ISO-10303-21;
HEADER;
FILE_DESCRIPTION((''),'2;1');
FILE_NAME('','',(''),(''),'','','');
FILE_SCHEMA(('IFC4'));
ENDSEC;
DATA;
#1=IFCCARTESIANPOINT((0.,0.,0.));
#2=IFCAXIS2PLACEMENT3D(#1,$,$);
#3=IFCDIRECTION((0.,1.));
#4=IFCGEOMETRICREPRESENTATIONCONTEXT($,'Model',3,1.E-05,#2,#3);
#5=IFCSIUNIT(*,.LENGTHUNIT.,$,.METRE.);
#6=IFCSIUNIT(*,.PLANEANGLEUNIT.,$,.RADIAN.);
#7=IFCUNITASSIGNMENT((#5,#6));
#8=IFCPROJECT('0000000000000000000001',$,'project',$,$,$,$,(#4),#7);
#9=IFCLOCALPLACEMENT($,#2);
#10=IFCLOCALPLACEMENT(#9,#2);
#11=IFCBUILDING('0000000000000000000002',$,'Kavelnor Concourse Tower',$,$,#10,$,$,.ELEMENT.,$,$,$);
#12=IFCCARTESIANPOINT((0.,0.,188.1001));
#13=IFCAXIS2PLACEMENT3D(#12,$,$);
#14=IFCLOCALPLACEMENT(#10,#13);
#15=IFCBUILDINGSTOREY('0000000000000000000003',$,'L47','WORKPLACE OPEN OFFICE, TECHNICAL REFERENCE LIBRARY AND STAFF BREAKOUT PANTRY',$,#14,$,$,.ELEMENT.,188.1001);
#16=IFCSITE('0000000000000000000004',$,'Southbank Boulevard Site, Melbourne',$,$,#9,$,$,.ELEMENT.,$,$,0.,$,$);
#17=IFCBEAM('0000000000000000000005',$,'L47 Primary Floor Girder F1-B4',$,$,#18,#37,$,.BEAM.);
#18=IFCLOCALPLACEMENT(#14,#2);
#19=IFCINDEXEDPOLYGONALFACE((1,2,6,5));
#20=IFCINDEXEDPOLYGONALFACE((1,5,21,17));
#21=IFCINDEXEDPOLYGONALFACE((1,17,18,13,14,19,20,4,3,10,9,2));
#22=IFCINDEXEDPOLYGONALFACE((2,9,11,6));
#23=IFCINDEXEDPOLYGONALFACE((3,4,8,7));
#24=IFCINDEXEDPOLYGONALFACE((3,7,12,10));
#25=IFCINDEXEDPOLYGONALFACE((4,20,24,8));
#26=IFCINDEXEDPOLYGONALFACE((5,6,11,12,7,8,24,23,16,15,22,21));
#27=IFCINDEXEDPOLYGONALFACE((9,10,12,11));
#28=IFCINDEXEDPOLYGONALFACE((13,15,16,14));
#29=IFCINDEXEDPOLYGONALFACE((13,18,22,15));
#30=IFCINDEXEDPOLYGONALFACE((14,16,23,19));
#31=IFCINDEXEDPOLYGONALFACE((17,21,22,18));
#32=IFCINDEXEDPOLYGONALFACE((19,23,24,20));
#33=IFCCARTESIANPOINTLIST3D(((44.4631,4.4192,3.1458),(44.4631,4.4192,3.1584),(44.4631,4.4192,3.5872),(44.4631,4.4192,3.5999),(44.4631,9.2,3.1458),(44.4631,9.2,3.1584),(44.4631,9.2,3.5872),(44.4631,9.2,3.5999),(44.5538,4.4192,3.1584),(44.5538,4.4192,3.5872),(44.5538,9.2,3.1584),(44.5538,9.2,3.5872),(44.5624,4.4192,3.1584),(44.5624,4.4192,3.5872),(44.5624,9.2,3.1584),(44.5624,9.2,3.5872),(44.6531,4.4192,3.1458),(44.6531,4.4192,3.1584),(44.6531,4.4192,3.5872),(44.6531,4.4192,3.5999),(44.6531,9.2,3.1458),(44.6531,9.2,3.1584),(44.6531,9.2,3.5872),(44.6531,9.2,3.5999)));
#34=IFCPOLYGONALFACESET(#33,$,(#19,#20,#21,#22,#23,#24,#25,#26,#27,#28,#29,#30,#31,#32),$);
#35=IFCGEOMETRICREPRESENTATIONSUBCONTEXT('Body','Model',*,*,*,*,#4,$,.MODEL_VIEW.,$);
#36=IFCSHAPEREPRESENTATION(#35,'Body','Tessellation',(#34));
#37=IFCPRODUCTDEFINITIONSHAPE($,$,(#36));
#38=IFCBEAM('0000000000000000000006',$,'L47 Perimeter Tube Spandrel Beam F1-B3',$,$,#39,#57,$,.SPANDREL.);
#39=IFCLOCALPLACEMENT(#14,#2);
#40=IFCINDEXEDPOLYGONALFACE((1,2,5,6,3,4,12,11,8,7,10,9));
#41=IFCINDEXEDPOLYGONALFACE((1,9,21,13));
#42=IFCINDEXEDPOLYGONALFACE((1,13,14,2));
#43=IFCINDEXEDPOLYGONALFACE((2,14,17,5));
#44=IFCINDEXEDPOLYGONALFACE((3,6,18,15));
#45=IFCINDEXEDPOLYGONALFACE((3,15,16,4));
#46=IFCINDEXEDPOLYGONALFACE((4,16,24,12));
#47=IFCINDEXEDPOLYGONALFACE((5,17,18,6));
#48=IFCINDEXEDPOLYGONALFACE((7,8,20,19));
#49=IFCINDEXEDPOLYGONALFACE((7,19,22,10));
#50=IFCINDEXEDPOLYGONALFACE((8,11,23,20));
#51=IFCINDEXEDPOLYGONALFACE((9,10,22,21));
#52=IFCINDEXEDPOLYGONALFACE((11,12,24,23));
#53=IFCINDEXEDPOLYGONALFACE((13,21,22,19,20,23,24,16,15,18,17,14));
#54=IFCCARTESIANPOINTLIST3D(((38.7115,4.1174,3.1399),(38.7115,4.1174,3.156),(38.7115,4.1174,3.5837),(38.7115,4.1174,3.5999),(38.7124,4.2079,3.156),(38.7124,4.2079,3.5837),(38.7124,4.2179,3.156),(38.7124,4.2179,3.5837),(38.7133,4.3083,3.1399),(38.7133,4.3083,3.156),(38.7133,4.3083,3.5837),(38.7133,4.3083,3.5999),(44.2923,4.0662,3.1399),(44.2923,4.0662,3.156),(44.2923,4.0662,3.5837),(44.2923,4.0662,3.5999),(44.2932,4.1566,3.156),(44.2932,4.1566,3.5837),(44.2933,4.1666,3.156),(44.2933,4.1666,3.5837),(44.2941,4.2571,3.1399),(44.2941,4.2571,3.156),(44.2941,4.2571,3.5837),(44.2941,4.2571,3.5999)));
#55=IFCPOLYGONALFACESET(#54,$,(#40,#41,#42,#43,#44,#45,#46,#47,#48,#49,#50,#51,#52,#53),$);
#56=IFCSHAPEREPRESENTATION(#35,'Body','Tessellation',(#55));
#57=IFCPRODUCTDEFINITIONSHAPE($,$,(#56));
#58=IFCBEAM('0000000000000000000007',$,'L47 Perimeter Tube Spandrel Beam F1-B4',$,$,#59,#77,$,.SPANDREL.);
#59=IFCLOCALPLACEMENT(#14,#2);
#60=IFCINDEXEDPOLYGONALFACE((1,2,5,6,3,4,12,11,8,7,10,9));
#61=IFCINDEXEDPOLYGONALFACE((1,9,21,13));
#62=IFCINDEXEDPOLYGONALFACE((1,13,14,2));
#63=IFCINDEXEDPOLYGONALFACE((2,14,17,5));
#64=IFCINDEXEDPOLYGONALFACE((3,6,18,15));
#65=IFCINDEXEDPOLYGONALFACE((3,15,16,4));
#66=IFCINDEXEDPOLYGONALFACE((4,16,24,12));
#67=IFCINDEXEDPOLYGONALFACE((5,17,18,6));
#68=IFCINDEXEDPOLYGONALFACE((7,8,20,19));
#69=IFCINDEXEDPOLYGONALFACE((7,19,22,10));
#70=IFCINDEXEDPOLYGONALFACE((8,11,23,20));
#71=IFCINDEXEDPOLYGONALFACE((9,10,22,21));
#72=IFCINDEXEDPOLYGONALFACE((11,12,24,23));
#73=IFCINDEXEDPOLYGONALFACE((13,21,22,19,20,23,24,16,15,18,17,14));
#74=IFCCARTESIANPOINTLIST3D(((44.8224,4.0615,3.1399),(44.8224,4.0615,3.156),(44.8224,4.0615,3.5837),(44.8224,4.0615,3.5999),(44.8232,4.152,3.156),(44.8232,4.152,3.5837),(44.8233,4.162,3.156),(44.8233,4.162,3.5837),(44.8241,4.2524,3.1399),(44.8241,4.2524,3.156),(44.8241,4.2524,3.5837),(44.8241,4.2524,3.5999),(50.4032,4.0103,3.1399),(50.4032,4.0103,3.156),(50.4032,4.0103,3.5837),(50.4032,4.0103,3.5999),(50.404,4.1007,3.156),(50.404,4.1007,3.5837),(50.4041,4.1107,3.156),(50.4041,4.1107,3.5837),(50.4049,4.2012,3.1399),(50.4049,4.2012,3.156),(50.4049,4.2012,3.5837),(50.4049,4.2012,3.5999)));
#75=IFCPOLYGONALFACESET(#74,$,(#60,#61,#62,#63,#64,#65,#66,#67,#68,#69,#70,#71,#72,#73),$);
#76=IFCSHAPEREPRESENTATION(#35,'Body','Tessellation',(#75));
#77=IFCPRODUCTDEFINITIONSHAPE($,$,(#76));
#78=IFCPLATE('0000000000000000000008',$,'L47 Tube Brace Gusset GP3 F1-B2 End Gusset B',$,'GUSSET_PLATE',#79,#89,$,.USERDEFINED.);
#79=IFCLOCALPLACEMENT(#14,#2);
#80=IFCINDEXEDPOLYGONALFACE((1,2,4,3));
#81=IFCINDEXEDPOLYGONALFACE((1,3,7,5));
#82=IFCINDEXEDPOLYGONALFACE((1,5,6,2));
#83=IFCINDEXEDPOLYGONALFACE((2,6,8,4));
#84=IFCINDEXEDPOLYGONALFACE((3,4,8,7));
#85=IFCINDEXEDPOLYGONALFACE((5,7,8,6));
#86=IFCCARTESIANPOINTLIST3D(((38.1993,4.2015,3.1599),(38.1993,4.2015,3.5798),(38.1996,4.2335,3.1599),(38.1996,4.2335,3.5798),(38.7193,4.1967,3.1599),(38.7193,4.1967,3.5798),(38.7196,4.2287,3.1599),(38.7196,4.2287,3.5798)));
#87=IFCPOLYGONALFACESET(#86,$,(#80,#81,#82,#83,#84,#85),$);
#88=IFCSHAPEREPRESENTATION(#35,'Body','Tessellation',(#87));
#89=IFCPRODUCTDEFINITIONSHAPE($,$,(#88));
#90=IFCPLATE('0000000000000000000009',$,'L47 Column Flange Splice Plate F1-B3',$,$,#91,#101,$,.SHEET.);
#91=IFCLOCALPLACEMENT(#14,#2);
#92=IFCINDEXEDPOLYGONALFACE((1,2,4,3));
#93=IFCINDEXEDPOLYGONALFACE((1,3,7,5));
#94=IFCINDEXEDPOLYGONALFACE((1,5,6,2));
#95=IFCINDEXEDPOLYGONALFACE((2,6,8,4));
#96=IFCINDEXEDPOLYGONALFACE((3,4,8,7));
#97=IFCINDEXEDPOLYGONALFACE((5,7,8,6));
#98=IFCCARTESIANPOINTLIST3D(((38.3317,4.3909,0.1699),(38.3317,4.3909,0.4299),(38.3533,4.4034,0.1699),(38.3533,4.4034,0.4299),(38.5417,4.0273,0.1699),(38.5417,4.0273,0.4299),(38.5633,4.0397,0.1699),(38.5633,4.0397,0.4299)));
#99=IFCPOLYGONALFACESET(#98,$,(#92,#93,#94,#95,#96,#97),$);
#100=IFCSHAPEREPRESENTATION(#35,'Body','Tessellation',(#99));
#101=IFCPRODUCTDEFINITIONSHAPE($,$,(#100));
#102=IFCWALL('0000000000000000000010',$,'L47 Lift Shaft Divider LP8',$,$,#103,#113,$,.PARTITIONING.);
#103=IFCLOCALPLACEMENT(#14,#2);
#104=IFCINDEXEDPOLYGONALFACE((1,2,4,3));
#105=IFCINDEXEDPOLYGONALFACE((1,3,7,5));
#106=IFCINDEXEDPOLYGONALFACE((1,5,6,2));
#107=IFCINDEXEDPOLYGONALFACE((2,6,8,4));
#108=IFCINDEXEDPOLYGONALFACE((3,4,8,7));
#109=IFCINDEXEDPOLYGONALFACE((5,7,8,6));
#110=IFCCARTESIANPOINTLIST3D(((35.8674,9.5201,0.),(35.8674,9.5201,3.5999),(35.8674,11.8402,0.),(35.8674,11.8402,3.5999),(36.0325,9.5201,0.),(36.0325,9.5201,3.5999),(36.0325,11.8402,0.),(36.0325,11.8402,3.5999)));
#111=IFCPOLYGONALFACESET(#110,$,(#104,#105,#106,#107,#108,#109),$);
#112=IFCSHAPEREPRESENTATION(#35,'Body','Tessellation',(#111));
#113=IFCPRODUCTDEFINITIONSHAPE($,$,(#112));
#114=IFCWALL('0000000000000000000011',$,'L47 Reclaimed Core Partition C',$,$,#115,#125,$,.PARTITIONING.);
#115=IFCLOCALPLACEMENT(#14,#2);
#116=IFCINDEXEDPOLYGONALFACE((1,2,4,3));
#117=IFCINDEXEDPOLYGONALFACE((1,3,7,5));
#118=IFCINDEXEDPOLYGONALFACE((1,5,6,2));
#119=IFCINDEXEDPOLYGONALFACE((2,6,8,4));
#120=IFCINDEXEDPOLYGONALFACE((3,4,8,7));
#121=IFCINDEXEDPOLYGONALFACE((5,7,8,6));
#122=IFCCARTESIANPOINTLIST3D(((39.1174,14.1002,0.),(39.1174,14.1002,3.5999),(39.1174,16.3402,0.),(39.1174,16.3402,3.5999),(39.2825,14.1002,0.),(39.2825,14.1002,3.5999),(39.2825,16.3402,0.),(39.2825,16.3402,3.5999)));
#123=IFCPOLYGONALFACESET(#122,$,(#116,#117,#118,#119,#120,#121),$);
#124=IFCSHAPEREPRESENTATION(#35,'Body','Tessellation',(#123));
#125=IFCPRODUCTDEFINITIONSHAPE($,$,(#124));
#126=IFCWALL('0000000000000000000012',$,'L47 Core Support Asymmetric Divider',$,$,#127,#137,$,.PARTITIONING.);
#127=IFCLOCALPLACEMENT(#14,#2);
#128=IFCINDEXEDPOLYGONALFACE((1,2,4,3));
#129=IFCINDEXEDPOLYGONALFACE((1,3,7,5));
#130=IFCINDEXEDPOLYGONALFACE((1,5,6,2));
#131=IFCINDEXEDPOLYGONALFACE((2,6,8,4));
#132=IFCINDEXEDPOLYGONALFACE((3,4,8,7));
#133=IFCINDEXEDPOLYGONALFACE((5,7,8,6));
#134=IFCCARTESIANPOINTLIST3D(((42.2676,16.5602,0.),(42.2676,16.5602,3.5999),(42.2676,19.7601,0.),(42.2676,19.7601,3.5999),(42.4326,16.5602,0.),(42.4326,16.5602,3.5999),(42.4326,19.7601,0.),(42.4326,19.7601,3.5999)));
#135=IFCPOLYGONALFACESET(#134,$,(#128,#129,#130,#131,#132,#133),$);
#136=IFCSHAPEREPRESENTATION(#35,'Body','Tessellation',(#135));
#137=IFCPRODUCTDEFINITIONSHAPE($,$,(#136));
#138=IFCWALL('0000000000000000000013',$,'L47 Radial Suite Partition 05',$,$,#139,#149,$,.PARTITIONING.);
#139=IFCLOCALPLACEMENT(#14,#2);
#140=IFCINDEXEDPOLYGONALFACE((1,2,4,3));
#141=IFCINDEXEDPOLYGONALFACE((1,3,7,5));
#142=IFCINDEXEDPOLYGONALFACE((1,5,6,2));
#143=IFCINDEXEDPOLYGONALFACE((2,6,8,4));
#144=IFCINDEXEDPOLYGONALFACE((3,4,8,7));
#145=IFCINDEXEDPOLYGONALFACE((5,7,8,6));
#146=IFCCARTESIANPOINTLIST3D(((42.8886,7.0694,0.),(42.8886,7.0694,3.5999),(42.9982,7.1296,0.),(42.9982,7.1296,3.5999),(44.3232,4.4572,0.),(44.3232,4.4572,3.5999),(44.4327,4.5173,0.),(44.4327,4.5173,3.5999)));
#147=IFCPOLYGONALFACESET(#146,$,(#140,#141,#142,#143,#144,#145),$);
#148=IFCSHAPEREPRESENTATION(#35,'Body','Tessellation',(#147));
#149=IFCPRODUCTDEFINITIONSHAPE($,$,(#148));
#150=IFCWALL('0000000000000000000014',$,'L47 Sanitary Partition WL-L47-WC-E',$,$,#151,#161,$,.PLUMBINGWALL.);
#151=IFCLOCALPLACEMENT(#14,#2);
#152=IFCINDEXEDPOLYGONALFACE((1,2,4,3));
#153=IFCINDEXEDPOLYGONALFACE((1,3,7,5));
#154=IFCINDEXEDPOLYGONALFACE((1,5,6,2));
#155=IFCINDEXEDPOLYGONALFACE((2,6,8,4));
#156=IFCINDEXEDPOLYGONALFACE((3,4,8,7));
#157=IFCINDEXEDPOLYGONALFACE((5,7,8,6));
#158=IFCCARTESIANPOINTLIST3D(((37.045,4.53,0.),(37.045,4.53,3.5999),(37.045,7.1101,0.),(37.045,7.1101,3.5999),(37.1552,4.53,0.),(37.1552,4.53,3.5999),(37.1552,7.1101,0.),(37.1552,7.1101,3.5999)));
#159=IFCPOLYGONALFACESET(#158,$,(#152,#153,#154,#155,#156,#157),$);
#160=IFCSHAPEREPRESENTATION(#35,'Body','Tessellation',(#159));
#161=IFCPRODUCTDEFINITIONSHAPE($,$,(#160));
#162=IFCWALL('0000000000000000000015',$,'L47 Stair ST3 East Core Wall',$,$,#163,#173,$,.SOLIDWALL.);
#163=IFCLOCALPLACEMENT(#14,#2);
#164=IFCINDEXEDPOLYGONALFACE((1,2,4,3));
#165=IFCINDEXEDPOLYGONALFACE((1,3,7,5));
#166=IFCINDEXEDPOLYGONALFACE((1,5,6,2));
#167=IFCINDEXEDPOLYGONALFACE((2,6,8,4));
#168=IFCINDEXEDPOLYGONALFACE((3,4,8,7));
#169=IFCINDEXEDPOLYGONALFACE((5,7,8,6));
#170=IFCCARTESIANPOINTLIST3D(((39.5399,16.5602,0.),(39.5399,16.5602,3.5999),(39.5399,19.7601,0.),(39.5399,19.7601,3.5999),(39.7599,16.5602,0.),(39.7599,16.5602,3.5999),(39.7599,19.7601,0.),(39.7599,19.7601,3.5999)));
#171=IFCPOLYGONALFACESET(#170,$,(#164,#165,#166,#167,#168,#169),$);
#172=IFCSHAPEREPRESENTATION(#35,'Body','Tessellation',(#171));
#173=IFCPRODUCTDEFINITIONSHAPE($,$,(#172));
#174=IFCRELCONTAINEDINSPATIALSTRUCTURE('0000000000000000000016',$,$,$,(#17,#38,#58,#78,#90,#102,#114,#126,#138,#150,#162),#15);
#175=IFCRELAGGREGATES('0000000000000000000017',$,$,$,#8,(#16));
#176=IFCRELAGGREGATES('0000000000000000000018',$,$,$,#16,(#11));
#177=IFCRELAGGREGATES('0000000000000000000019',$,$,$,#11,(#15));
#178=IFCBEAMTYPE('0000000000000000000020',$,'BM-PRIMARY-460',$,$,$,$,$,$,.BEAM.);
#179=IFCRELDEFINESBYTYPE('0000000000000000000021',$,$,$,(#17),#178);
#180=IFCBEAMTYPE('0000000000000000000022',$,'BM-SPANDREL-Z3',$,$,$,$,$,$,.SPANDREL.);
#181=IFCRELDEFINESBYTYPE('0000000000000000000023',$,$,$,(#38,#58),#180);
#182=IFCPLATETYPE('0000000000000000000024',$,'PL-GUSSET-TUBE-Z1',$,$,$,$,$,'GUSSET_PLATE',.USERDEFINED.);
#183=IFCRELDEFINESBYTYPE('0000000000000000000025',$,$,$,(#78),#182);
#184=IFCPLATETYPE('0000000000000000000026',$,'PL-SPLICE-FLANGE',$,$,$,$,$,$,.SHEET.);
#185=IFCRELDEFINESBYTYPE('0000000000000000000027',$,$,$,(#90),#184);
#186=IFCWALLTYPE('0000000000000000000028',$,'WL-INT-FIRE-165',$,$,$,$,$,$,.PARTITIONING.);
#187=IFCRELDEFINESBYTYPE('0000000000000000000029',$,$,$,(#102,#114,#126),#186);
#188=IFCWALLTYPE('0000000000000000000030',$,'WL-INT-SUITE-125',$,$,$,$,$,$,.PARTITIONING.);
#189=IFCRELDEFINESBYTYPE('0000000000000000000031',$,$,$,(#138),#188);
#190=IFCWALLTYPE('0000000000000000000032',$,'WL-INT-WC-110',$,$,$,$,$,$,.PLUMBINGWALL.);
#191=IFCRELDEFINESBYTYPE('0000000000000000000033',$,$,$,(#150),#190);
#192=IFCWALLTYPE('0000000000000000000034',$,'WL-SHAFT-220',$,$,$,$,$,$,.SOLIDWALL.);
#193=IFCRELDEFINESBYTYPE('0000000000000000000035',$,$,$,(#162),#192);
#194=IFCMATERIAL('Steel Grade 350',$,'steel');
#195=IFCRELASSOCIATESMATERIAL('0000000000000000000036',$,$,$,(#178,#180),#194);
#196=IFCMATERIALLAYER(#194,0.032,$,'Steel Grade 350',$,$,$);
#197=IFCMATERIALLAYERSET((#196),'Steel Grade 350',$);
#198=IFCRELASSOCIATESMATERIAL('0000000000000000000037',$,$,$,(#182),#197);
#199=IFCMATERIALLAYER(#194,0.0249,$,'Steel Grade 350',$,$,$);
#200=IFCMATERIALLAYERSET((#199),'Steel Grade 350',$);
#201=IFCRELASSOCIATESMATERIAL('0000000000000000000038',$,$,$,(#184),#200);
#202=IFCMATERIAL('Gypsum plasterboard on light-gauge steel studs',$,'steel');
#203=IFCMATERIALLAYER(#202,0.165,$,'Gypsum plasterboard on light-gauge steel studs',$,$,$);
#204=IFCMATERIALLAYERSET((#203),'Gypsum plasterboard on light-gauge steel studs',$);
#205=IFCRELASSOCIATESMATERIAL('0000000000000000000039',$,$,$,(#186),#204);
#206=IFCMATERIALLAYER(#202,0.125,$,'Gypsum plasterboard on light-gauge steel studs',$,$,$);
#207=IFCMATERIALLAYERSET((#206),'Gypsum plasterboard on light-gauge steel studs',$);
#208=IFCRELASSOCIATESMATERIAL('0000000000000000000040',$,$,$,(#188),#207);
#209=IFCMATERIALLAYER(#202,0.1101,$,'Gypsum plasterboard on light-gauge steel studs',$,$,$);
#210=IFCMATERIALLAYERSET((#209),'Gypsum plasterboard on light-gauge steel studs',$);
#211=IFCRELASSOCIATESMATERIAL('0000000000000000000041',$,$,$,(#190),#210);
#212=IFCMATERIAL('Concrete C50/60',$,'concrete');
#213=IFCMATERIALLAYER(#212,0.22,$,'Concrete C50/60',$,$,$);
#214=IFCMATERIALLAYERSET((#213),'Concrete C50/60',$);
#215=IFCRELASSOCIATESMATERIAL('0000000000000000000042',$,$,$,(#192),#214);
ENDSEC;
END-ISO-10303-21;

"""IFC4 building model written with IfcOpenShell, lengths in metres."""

from ifc_helpers import new_model, si_unit, direction, frame, frame_2d, origin, origin_2d, place, context, subcontext, project, spatial, rectangle, i_section, extrude, material, layer, layer_set, material_profile, profile_set, type_object, element, save


model = new_model("IFC4")

# Units and contexts
model_context = context("Model", 3, precision=1e-05, world=origin(), true_north=direction((0.0, 1.0)))
body_context = subcontext(model_context, "Body", "Model", "MODEL_VIEW")
ifc_project = project(units=[si_unit("LENGTHUNIT", "METRE"), si_unit("PLANEANGLEUNIT", "RADIAN")], contexts=[model_context])

# Site, building, storey
site_placement = place(None, origin())
site = spatial("IfcSite", under=ifc_project, at=site_placement, Name="Southbank Boulevard Site, Melbourne", CompositionType="ELEMENT", RefElevation=0.0)
building_placement = place(site_placement, origin())
building = spatial("IfcBuilding", under=site, at=building_placement, Name="Kavelnor Concourse Tower", CompositionType="ELEMENT")
storey_placement = place(building_placement, frame((0.0, 0.0, 188.1001)))
storey = spatial("IfcBuildingStorey", under=building, at=storey_placement, Name="L47", Description="WORKPLACE OPEN OFFICE, TECHNICAL REFERENCE LIBRARY AND STAFF BREAKOUT PANTRY", CompositionType="ELEMENT", Elevation=188.1001)

# Shared definitions
ifc_material_1 = material(Name="Steel Grade 350", Category="steel")

# Beams
ifc_material_profile_1 = material_profile(ifc_material_1, i_section(OverallWidth=0.1899, OverallDepth=0.4541, WebThickness=0.0085, FlangeThickness=0.0127, at=origin_2d()), Name="460UB67")
ifc_profile_set_1 = profile_set([ifc_material_profile_1], Name="Steel Grade 350")
beam_type_1 = type_object("IfcBeamType", Name="BM-PRIMARY-460", PredefinedType="BEAM", material=ifc_profile_set_1)
beam_1_placement = place(storey_placement, frame((44.5581, 9.2, 3.3728), z_axis=(0.0, -1.0, 0.0), x_axis=(1.0, 0.0, 0.0)))
element("IfcBeam", 1, at=beam_1_placement, inside=storey, type_object=beam_type_1, Name="L47 Primary Floor Girder F1-B4", PredefinedType="BEAM", context=body_context, shape_type="SweptSolid", body=[
    extrude(i_section(OverallWidth=0.1899, OverallDepth=0.4541, WebThickness=0.0085, FlangeThickness=0.0127, at=origin_2d()), origin(), (0.0, 0.0, 1.0), 4.7808),
])
ifc_material_profile_2 = material_profile(ifc_material_1, i_section(OverallWidth=0.1909, OverallDepth=0.46, WebThickness=0.01, FlangeThickness=0.0161, at=origin_2d()), Name="460UB82")
ifc_profile_set_2 = profile_set([ifc_material_profile_2], Name="Steel Grade 350")
beam_type_2 = type_object("IfcBeamType", Name="BM-SPANDREL-Z3", PredefinedType="SPANDREL", material=ifc_profile_set_2)
for number, where, z_axis, x_axis, name in (
    (2, (38.7124, 4.2129, 3.3699), (0.999958, -0.009186, 0.0), (0.009186, 0.999958, 0.0), "L47 Perimeter Tube Spandrel Beam F1-B3"),
    (3, (44.8232, 4.157, 3.3699), (0.999958, -0.009186, 0.0), (0.009186, 0.999958, 0.0), "L47 Perimeter Tube Spandrel Beam F1-B4"),
):
    element("IfcBeam", number, at=place(storey_placement, frame(where, z_axis=z_axis, x_axis=x_axis)), inside=storey, type_object=beam_type_2, Name=name, PredefinedType="SPANDREL", context=body_context, shape_type="SweptSolid", body=[
        extrude(i_section(OverallWidth=0.1909, OverallDepth=0.46, WebThickness=0.01, FlangeThickness=0.0161, at=origin_2d()), origin(), (0.0, 0.0, 1.0), 5.5811),
    ])

# Plates
ifc_layer_1 = layer(ifc_material_1, 0.032, Name="Steel Grade 350")
ifc_layer_set_1 = layer_set([ifc_layer_1], Name="Steel Grade 350")
plate_type_1 = type_object("IfcPlateType", Name="PL-GUSSET-TUBE-Z1", ElementType="GUSSET_PLATE", PredefinedType="USERDEFINED", material=ifc_layer_set_1)
plate_1_placement = place(storey_placement, frame((38.4595, 4.2151, 3.1599), z_axis=(0.0, 0.0, 1.0), x_axis=(0.999957, -0.00925, 0.0)))
element("IfcPlate", 4, at=plate_1_placement, inside=storey, type_object=plate_type_1, Name="L47 Tube Brace Gusset GP3 F1-B2 End Gusset B", ObjectType="GUSSET_PLATE", PredefinedType="USERDEFINED", context=body_context, shape_type="SweptSolid", body=[
    extrude(rectangle(XDim=0.52, YDim=0.032, at=origin_2d()), origin(), (0.0, 0.0, 1.0), 0.4199),
])
ifc_layer_2 = layer(ifc_material_1, 0.0249, Name="Steel Grade 350")
ifc_layer_set_2 = layer_set([ifc_layer_2], Name="Steel Grade 350")
plate_type_2 = type_object("IfcPlateType", Name="PL-SPLICE-FLANGE", PredefinedType="SHEET", material=ifc_layer_set_2)
plate_2_placement = place(storey_placement, frame((38.4475, 4.2153, 0.1699), z_axis=(0.0, 0.0, 1.0), x_axis=(-0.5, 0.866025, 0.0)))
element("IfcPlate", 5, at=plate_2_placement, inside=storey, type_object=plate_type_2, Name="L47 Column Flange Splice Plate F1-B3", PredefinedType="SHEET", context=body_context, shape_type="SweptSolid", body=[
    extrude(rectangle(XDim=0.4199, YDim=0.0249, at=origin_2d()), origin(), (0.0, 0.0, 1.0), 0.26),
])

# Walls
ifc_material_2 = material(Name="Gypsum plasterboard on light-gauge steel studs", Category="steel")
ifc_layer_3 = layer(ifc_material_2, 0.165, Name="Gypsum plasterboard on light-gauge steel studs")
ifc_layer_set_3 = layer_set([ifc_layer_3], Name="Gypsum plasterboard on light-gauge steel studs")
wall_type_1 = type_object("IfcWallType", Name="WL-INT-FIRE-165", PredefinedType="PARTITIONING", material=ifc_layer_set_3)
wall_1_placement = place(storey_placement, frame((35.95, 9.52, 0.0), z_axis=(0.0, 0.0, 1.0), x_axis=(0.0, 1.0, 0.0)))
element("IfcWall", 6, at=wall_1_placement, inside=storey, type_object=wall_type_1, Name="L47 Lift Shaft Divider LP8", PredefinedType="PARTITIONING", context=body_context, shape_type="SweptSolid", body=[
    extrude(rectangle(XDim=2.3201, YDim=0.165, at=frame_2d((1.1602, 0.0))), origin(), (0.0, 0.0, 1.0), 3.5999),
])
wall_2_placement = place(storey_placement, frame((39.2, 14.1001, 0.0), z_axis=(0.0, 0.0, 1.0), x_axis=(0.0, 1.0, 0.0)))
element("IfcWall", 7, at=wall_2_placement, inside=storey, type_object=wall_type_1, Name="L47 Reclaimed Core Partition C", PredefinedType="PARTITIONING", context=body_context, shape_type="SweptSolid", body=[
    extrude(rectangle(XDim=2.24, YDim=0.165, at=frame_2d((1.1201, 0.0))), origin(), (0.0, 0.0, 1.0), 3.5999),
])
wall_3_placement = place(storey_placement, frame((42.3501, 16.5601, 0.0), z_axis=(0.0, 0.0, 1.0), x_axis=(0.0, 1.0, 0.0)))
element("IfcWall", 8, at=wall_3_placement, inside=storey, type_object=wall_type_1, Name="L47 Core Support Asymmetric Divider", PredefinedType="PARTITIONING", context=body_context, shape_type="SweptSolid", body=[
    extrude(rectangle(XDim=3.2, YDim=0.165, at=frame_2d((1.6001, 0.0))), origin(), (0.0, 0.0, 1.0), 3.5999),
])
ifc_layer_4 = layer(ifc_material_2, 0.125, Name="Gypsum plasterboard on light-gauge steel studs")
ifc_layer_set_4 = layer_set([ifc_layer_4], Name="Gypsum plasterboard on light-gauge steel studs")
wall_type_2 = type_object("IfcWallType", Name="WL-INT-SUITE-125", PredefinedType="PARTITIONING", material=ifc_layer_set_4)
wall_4_placement = place(storey_placement, frame((42.9434, 7.0996, 0.0), z_axis=(0.0, 0.0, 1.0), x_axis=(0.481353, -0.876527, 0.0)))
element("IfcWall", 9, at=wall_4_placement, inside=storey, type_object=wall_type_2, Name="L47 Radial Suite Partition 05", PredefinedType="PARTITIONING", context=body_context, shape_type="SweptSolid", body=[
    extrude(rectangle(XDim=2.9802, YDim=0.125, at=frame_2d((1.4902, 0.0))), origin(), (0.0, 0.0, 1.0), 3.5999),
])
ifc_layer_5 = layer(ifc_material_2, 0.1101, Name="Gypsum plasterboard on light-gauge steel studs")
ifc_layer_set_5 = layer_set([ifc_layer_5], Name="Gypsum plasterboard on light-gauge steel studs")
wall_type_3 = type_object("IfcWallType", Name="WL-INT-WC-110", PredefinedType="PLUMBINGWALL", material=ifc_layer_set_5)
wall_5_placement = place(storey_placement, frame((37.1001, 4.53, 0.0), z_axis=(0.0, 0.0, 1.0), x_axis=(0.0, 1.0, 0.0)))
element("IfcWall", 10, at=wall_5_placement, inside=storey, type_object=wall_type_3, Name="L47 Sanitary Partition WL-L47-WC-E", PredefinedType="PLUMBINGWALL", context=body_context, shape_type="SweptSolid", body=[
    extrude(rectangle(XDim=2.5801, YDim=0.1101, at=frame_2d((1.29, 0.0))), origin(), (0.0, 0.0, 1.0), 3.5999),
])
ifc_material_3 = material(Name="Concrete C50/60", Category="concrete")
ifc_layer_6 = layer(ifc_material_3, 0.22, Name="Concrete C50/60")
ifc_layer_set_6 = layer_set([ifc_layer_6], Name="Concrete C50/60")
wall_type_4 = type_object("IfcWallType", Name="WL-SHAFT-220", PredefinedType="SOLIDWALL", material=ifc_layer_set_6)
wall_6_placement = place(storey_placement, frame((39.6499, 16.5601, 0.0), z_axis=(0.0, 0.0, 1.0), x_axis=(0.0, 1.0, 0.0)))
element("IfcWall", 11, at=wall_6_placement, inside=storey, type_object=wall_type_4, Name="L47 Stair ST3 East Core Wall", PredefinedType="SOLIDWALL", context=body_context, shape_type="SweptSolid", body=[
    extrude(rectangle(XDim=3.2, YDim=0.22, at=frame_2d((1.6001, 0.0))), origin(), (0.0, 0.0, 1.0), 3.5999),
])

save(model, "model.ifc")
